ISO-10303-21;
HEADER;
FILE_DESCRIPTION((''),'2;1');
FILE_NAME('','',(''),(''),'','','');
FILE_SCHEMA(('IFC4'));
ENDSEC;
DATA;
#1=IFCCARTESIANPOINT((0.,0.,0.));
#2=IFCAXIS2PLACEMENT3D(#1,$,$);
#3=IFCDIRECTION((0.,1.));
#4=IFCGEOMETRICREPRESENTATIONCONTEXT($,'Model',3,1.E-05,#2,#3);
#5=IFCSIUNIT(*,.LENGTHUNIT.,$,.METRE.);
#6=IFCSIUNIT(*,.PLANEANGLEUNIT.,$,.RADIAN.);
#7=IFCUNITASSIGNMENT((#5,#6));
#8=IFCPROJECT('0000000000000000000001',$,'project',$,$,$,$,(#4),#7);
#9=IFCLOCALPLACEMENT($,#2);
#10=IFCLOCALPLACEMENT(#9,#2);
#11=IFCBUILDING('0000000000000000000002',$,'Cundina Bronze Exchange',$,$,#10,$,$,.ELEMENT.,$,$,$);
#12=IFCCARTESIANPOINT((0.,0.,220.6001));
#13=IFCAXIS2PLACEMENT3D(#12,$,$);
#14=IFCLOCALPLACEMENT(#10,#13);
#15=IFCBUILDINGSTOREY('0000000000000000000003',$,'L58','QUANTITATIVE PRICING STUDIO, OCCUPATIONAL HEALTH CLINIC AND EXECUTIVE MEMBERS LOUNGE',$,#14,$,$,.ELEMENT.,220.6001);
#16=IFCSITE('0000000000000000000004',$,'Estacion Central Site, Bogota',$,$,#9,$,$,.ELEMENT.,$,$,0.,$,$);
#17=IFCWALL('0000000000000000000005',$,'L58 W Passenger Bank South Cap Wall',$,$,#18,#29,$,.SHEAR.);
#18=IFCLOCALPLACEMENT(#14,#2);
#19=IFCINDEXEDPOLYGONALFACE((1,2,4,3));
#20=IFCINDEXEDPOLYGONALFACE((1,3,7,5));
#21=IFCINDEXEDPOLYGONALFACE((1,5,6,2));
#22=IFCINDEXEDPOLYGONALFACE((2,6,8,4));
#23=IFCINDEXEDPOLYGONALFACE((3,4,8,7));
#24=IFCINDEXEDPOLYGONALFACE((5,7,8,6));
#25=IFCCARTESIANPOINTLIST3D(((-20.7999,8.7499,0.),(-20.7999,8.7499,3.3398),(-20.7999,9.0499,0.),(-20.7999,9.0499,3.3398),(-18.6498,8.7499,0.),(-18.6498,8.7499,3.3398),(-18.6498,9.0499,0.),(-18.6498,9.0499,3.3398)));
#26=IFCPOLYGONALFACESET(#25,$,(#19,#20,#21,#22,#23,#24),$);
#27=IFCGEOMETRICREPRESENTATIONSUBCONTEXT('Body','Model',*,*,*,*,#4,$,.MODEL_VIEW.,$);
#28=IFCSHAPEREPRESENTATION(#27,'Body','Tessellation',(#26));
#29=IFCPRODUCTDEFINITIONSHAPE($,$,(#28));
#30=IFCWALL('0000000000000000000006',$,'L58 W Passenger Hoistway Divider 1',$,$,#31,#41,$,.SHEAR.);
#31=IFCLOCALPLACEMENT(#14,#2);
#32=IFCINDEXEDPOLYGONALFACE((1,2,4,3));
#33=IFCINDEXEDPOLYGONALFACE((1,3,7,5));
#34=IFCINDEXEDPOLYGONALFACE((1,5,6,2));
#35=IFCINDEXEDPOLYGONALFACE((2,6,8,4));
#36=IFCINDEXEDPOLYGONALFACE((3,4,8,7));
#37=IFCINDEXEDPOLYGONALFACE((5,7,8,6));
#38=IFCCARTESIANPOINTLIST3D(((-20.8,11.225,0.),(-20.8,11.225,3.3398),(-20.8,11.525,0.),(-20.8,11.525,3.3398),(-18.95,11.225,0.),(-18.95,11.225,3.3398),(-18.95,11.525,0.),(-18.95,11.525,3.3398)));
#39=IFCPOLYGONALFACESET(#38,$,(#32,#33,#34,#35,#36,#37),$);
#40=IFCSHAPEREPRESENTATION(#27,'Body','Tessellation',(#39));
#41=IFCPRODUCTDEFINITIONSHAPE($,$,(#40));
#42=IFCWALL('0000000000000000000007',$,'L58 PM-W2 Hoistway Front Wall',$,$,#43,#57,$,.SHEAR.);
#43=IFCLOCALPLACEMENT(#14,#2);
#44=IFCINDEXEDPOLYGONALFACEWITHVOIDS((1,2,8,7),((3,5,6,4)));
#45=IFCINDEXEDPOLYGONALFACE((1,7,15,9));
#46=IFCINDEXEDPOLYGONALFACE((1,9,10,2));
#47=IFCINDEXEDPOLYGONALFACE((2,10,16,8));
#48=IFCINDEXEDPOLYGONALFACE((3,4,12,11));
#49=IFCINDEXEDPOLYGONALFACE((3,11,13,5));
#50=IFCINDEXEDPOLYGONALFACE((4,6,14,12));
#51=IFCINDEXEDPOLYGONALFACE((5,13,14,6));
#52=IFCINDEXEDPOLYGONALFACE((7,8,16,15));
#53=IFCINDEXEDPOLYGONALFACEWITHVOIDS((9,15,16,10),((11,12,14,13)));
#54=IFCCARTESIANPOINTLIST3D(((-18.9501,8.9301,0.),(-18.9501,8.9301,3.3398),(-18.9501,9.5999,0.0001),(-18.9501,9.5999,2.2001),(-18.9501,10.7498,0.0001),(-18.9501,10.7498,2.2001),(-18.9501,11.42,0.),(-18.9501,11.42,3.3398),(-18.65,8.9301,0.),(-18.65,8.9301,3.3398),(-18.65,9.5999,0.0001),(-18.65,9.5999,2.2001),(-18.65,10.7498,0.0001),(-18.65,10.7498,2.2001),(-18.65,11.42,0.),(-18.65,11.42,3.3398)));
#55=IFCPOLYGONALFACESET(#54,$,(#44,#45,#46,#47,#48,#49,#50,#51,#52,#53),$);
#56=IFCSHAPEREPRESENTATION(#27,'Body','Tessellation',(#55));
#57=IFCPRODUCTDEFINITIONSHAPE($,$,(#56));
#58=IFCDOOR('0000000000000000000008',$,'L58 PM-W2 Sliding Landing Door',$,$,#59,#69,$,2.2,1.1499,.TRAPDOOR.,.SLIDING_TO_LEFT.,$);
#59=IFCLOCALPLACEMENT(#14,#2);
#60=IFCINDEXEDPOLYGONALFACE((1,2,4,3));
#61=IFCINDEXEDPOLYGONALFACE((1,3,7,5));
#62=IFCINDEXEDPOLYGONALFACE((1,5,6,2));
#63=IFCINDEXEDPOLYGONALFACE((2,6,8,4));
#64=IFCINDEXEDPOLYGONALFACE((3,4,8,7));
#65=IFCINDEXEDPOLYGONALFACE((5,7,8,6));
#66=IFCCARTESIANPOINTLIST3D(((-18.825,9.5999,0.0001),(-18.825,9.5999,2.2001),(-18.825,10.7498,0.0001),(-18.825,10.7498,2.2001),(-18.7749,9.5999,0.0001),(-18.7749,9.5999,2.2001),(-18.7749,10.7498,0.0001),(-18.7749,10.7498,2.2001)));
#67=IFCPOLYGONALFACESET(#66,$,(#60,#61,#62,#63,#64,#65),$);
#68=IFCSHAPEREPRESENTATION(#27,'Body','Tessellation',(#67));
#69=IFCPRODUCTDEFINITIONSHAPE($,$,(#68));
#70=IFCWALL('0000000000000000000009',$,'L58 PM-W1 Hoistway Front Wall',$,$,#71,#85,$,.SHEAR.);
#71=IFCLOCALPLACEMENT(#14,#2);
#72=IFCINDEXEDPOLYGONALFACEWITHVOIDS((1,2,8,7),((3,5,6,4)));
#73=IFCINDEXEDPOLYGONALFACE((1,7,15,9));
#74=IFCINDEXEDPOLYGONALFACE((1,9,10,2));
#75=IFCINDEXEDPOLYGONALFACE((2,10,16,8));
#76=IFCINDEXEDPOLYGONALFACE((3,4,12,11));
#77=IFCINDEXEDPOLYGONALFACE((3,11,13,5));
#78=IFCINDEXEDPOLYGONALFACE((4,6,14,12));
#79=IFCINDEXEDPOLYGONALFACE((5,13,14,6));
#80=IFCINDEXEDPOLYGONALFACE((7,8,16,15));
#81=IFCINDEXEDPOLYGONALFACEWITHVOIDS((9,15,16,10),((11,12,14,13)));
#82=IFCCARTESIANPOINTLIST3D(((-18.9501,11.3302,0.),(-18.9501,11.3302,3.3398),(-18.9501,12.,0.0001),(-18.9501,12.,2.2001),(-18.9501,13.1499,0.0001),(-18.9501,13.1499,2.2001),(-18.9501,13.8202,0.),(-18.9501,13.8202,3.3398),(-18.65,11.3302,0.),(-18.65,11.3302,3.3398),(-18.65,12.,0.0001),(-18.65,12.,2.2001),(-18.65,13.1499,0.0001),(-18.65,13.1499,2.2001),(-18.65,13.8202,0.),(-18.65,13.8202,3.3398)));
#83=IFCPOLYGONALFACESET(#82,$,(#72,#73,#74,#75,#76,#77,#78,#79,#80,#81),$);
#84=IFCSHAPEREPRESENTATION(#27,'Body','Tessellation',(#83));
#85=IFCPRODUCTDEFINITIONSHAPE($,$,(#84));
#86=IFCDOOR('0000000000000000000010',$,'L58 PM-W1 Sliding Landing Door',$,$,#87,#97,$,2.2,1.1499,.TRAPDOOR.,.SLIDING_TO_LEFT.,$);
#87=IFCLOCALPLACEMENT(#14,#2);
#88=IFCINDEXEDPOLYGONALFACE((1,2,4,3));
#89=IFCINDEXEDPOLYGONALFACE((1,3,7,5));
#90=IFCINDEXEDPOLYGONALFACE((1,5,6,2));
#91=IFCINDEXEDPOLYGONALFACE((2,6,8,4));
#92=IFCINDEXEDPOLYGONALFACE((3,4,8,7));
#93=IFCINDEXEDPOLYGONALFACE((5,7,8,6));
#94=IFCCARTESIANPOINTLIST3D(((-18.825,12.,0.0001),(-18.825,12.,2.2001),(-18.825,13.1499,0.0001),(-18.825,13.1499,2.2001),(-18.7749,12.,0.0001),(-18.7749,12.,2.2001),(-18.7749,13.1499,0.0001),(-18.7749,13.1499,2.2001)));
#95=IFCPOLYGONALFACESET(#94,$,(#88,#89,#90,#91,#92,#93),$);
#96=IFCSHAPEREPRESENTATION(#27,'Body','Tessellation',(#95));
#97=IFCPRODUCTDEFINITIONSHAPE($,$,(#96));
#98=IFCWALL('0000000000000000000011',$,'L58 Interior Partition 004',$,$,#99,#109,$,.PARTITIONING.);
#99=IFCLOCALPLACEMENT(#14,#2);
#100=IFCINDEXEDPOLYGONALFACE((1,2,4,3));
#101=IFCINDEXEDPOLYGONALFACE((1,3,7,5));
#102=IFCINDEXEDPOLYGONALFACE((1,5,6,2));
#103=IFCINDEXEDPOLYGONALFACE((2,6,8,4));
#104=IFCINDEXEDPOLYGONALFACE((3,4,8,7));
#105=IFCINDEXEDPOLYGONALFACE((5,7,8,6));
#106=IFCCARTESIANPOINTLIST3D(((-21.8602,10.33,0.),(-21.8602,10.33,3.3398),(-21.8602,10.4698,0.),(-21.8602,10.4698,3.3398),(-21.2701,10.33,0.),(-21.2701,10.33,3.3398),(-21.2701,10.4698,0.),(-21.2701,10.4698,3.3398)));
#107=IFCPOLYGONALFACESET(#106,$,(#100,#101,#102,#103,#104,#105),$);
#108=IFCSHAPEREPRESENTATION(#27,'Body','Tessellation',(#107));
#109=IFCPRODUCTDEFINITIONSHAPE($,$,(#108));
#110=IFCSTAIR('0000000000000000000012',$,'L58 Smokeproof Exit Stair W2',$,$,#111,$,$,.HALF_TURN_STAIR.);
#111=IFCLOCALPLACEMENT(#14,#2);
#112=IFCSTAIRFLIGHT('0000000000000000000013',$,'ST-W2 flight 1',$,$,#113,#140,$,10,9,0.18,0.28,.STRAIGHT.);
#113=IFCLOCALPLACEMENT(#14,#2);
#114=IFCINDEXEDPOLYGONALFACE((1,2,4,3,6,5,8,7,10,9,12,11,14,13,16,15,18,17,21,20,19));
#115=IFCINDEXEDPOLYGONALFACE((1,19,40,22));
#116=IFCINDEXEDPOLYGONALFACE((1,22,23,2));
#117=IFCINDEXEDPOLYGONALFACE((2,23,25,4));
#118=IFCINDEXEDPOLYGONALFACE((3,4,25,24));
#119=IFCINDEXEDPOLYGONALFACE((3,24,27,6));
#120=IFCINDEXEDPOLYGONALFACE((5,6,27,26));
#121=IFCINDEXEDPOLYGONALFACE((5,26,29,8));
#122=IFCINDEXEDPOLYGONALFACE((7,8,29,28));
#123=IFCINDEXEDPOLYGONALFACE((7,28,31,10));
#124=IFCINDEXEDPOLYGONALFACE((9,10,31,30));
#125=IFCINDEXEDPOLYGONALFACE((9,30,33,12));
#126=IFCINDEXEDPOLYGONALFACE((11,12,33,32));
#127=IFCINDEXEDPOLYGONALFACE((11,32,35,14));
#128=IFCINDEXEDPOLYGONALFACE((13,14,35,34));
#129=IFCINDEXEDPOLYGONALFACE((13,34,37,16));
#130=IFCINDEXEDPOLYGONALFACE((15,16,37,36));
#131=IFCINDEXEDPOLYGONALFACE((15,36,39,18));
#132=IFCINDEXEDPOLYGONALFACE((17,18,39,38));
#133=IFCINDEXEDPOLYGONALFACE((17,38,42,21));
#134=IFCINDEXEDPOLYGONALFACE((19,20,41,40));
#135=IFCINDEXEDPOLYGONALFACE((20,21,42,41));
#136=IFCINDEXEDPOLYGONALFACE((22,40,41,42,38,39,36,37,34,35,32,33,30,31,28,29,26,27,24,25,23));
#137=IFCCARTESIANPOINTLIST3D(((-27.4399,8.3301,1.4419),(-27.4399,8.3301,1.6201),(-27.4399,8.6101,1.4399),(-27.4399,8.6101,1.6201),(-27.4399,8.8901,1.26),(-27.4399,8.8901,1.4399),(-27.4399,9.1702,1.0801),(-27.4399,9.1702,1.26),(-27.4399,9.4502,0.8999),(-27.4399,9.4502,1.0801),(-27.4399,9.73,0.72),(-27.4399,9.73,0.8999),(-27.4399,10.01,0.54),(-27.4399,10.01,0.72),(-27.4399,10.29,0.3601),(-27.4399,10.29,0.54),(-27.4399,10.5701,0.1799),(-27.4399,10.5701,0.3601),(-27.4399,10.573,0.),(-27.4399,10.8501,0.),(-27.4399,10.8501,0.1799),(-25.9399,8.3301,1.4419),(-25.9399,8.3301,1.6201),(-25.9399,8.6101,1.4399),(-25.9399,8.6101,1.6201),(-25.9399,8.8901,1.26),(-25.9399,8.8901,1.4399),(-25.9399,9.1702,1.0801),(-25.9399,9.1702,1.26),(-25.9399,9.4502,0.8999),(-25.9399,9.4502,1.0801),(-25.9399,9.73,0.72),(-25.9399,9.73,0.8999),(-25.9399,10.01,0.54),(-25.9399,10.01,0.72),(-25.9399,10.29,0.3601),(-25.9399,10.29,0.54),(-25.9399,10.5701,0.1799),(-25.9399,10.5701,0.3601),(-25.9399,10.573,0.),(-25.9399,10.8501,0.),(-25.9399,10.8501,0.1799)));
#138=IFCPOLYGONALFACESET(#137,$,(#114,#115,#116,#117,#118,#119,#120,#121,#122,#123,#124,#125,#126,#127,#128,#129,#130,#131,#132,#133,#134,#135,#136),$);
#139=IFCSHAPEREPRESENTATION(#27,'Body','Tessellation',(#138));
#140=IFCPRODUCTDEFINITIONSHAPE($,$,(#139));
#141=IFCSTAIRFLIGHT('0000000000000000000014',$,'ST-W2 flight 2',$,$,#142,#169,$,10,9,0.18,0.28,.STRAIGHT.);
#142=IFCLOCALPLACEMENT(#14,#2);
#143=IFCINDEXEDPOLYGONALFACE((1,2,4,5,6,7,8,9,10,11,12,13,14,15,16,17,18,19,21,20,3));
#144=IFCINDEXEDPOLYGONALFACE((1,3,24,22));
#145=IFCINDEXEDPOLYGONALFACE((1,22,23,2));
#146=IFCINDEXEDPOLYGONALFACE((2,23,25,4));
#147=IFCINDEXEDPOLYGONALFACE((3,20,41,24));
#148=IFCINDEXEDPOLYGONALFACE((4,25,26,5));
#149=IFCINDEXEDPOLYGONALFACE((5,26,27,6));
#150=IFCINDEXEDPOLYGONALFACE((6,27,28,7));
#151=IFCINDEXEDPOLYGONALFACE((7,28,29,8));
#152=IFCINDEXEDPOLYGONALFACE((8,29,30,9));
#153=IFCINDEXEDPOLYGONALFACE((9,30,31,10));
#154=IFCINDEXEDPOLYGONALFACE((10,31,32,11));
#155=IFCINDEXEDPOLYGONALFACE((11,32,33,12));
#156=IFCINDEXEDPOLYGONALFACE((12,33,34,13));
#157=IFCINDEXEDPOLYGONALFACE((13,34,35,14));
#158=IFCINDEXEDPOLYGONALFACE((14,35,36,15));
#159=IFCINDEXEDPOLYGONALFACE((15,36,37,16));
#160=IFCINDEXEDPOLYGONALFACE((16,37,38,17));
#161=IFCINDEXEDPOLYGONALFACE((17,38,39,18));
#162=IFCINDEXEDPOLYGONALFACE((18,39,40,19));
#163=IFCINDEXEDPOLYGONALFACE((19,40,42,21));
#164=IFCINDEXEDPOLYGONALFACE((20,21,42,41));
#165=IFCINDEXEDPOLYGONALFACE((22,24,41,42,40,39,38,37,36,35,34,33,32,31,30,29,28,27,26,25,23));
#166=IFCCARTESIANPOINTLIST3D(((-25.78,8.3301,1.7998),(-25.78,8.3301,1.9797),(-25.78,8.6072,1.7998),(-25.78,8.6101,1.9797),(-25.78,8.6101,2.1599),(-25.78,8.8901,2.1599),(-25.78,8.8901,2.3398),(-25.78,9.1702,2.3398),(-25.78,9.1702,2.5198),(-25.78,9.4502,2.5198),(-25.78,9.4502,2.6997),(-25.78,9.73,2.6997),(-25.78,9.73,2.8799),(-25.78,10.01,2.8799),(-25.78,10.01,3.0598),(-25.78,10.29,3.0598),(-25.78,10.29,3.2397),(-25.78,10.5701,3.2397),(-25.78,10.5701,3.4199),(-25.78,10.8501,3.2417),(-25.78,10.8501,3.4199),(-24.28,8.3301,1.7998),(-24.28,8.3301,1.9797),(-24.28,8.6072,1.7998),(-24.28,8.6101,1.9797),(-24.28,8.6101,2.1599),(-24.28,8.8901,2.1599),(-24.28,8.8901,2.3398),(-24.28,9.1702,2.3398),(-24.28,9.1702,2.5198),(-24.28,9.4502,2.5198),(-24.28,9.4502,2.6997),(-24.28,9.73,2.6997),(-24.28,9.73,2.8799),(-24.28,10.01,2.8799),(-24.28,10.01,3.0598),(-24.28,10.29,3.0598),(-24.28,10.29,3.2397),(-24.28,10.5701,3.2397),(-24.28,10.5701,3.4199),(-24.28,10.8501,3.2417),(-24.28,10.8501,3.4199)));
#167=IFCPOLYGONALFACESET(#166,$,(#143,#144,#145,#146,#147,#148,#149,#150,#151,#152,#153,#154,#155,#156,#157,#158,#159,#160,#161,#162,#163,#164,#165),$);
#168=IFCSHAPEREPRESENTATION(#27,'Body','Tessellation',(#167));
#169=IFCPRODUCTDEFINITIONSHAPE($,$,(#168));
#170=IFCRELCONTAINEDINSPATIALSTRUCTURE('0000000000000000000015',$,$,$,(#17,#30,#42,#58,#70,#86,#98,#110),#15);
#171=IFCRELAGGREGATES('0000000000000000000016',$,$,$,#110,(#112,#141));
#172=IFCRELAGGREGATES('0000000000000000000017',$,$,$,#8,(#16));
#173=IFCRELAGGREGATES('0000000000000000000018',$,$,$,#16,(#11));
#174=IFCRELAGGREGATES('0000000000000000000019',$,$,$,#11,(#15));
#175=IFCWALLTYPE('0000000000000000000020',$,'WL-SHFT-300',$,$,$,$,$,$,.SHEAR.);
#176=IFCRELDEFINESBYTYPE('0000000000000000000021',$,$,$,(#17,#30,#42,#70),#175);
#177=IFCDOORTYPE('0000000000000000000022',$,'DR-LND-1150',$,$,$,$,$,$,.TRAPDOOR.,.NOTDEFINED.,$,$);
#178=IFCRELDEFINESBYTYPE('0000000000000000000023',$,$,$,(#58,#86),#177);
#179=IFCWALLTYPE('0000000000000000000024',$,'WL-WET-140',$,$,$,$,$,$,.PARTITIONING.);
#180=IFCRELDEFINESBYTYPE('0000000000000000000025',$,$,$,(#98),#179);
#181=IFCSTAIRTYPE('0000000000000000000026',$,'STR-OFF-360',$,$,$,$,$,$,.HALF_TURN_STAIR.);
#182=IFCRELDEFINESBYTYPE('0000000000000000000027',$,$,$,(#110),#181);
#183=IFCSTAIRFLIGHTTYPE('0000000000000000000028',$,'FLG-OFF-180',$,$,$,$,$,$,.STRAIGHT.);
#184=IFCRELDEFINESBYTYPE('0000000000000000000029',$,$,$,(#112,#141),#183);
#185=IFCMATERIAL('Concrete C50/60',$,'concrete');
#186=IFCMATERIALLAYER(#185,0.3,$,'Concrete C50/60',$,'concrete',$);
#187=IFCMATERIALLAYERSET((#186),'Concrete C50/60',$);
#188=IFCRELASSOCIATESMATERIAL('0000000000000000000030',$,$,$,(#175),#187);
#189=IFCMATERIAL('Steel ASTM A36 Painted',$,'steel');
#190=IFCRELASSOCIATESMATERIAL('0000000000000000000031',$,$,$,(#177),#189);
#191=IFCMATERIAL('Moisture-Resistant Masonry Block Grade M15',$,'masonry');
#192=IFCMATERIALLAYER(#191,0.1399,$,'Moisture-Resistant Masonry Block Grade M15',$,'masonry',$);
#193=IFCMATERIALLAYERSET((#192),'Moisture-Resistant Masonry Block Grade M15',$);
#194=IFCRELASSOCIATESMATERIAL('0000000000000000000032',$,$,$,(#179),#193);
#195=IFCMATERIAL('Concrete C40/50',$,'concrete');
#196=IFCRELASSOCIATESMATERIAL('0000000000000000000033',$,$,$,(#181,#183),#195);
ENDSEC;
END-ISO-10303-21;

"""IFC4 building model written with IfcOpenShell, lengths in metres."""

from ifc_helpers import new_model, si_unit, direction, frame, frame_2d, origin, place, context, subcontext, project, spatial, polyline, rectangle, outline, extrude, material, layer, layer_set, type_object, element, fill, aggregate, save


model = new_model("IFC4")

# Units and contexts
model_context = context("Model", 3, precision=1e-05, world=origin(), true_north=direction((0.0, 1.0)))
body_context = subcontext(model_context, "Body", "Model", "MODEL_VIEW")
ifc_project = project(units=[si_unit("LENGTHUNIT", "METRE"), si_unit("PLANEANGLEUNIT", "RADIAN")], contexts=[model_context])

# Site, building, storey
site_placement = place(None, origin())
site = spatial("IfcSite", under=ifc_project, at=site_placement, Name="Estacion Central Site, Bogota", CompositionType="ELEMENT", RefElevation=0.0)
building_placement = place(site_placement, origin())
building = spatial("IfcBuilding", under=site, at=building_placement, Name="Cundina Bronze Exchange", CompositionType="ELEMENT")
storey_placement = place(building_placement, frame((0.0, 0.0, 220.6001)))
storey = spatial("IfcBuildingStorey", under=building, at=storey_placement, Name="L58", Description="QUANTITATIVE PRICING STUDIO, OCCUPATIONAL HEALTH CLINIC AND EXECUTIVE MEMBERS LOUNGE", CompositionType="ELEMENT", Elevation=220.6001)

# Shared definitions
ifc_material_1 = material(Name="Concrete C50/60", Category="concrete")

# Shared definitions
ifc_layer_1 = layer(ifc_material_1, 0.3, Name="Concrete C50/60", Category="concrete")
ifc_layer_set_1 = layer_set([ifc_layer_1], Name="Concrete C50/60")
wall_type_1 = type_object("IfcWallType", Name="WL-SHFT-300", PredefinedType="SHEAR", material=ifc_layer_set_1)
ifc_material_2 = material(Name="Steel ASTM A36 Painted", Category="steel")
door_type_1 = type_object("IfcDoorType", Name="DR-LND-1150", OperationType="NOTDEFINED", PredefinedType="TRAPDOOR", material=ifc_material_2)

# Walls
wall_1_placement = place(storey_placement, frame((-20.8, 8.8999, 0.0), z_axis=(0.0, 0.0, 1.0), x_axis=(1.0, 0.0, 0.0)))
element("IfcWall", 1, at=wall_1_placement, inside=storey, type_object=wall_type_1, Name="L58 W Passenger Bank South Cap Wall", PredefinedType="SHEAR", context=body_context, shape_type="SweptSolid", body=[
    extrude(rectangle(XDim=2.1501, YDim=0.3, at=frame_2d((1.0752, 0.0))), origin(), (0.0, 0.0, 1.0), 3.3398),
])
wall_2_placement = place(storey_placement, frame((-20.8, 11.375, 0.0), z_axis=(0.0, 0.0, 1.0), x_axis=(1.0, 0.0, 0.0)))
element("IfcWall", 2, at=wall_2_placement, inside=storey, type_object=wall_type_1, Name="L58 W Passenger Hoistway Divider 1", PredefinedType="SHEAR", context=body_context, shape_type="SweptSolid", body=[
    extrude(rectangle(XDim=1.8501, YDim=0.3, at=frame_2d((0.925, 0.0))), origin(), (0.0, 0.0, 1.0), 3.3398),
])

# Walls, openings, doors
wall_3_placement = place(storey_placement, frame((-18.8, 8.9299, 0.0), z_axis=(0.0, 0.0, 1.0), x_axis=(0.0, 1.0, 0.0)))
wall_3 = element("IfcWall", 3, at=wall_3_placement, inside=storey, type_object=wall_type_1, Name="L58 PM-W2 Hoistway Front Wall", PredefinedType="SHEAR", context=body_context, shape_type="SweptSolid", body=[
    extrude(rectangle(XDim=2.49, YDim=0.3, at=frame_2d((1.2451, 0.0))), origin(), (0.0, 0.0, 1.0), 3.3398),
])
opening_1_placement = place(wall_3_placement, frame((0.6699, 0.0, 0.0)))
opening_1 = element("IfcOpeningElement", 4, at=opening_1_placement, cuts=wall_3, PredefinedType="OPENING", context=body_context, shape_type="SweptSolid", body=[
    extrude(rectangle(XDim=1.1499, YDim=2.2, at=frame_2d((0.575, 1.1001))), frame((0.0, 0.1599, 0.0), z_axis=(0.0, -1.0, 0.0), x_axis=(1.0, 0.0, 0.0)), (0.0, 0.0, 1.0), 0.3201),
])
door_1_placement = place(opening_1_placement, origin())
door_1 = element("IfcDoor", 5, at=door_1_placement, inside=storey, type_object=door_type_1, Name="L58 PM-W2 Sliding Landing Door", OperationType="SLIDING_TO_LEFT", OverallHeight=2.2, OverallWidth=1.1499, PredefinedType="TRAPDOOR", context=body_context, shape_type="SweptSolid", body=[
    extrude(rectangle(XDim=1.1499, YDim=2.2, at=frame_2d((0.575, 1.1001))), frame((0.0, 0.0249, 0.0), z_axis=(0.0, -1.0, 0.0), x_axis=(1.0, 0.0, 0.0)), (0.0, 0.0, 1.0), 0.05),
])
fill(opening_1, door_1)
wall_4_placement = place(storey_placement, frame((-18.8, 11.3301, 0.0), z_axis=(0.0, 0.0, 1.0), x_axis=(0.0, 1.0, 0.0)))
wall_4 = element("IfcWall", 6, at=wall_4_placement, inside=storey, type_object=wall_type_1, Name="L58 PM-W1 Hoistway Front Wall", PredefinedType="SHEAR", context=body_context, shape_type="SweptSolid", body=[
    extrude(rectangle(XDim=2.49, YDim=0.3, at=frame_2d((1.2451, 0.0))), origin(), (0.0, 0.0, 1.0), 3.3398),
])
opening_2_placement = place(wall_4_placement, frame((0.6699, 0.0, 0.0)))
opening_2 = element("IfcOpeningElement", 7, at=opening_2_placement, cuts=wall_4, PredefinedType="OPENING", context=body_context, shape_type="SweptSolid", body=[
    extrude(rectangle(XDim=1.1499, YDim=2.2, at=frame_2d((0.575, 1.1001))), frame((0.0, 0.1599, 0.0), z_axis=(0.0, -1.0, 0.0), x_axis=(1.0, 0.0, 0.0)), (0.0, 0.0, 1.0), 0.3201),
])
door_2_placement = place(opening_2_placement, origin())
door_2 = element("IfcDoor", 8, at=door_2_placement, inside=storey, type_object=door_type_1, Name="L58 PM-W1 Sliding Landing Door", OperationType="SLIDING_TO_LEFT", OverallHeight=2.2, OverallWidth=1.1499, PredefinedType="TRAPDOOR", context=body_context, shape_type="SweptSolid", body=[
    extrude(rectangle(XDim=1.1499, YDim=2.2, at=frame_2d((0.575, 1.1001))), frame((0.0, 0.0249, 0.0), z_axis=(0.0, -1.0, 0.0), x_axis=(1.0, 0.0, 0.0)), (0.0, 0.0, 1.0), 0.05),
])
fill(opening_2, door_2)

# Wall
ifc_material_3 = material(Name="Moisture-Resistant Masonry Block Grade M15", Category="masonry")
ifc_layer_2 = layer(ifc_material_3, 0.1399, Name="Moisture-Resistant Masonry Block Grade M15", Category="masonry")
ifc_layer_set_2 = layer_set([ifc_layer_2], Name="Moisture-Resistant Masonry Block Grade M15")
wall_type_2 = type_object("IfcWallType", Name="WL-WET-140", PredefinedType="PARTITIONING", material=ifc_layer_set_2)
wall_5_placement = place(storey_placement, frame((-21.8601, 10.3999, 0.0), z_axis=(0.0, 0.0, 1.0), x_axis=(1.0, 0.0, 0.0)))
element("IfcWall", 9, at=wall_5_placement, inside=storey, type_object=wall_type_2, Name="L58 Interior Partition 004", PredefinedType="PARTITIONING", context=body_context, shape_type="SweptSolid", body=[
    extrude(rectangle(XDim=0.5901, YDim=0.1399, at=frame_2d((0.2949, 0.0))), origin(), (0.0, 0.0, 1.0), 3.3398),
])

# Stair, stair flights
ifc_material_4 = material(Name="Concrete C40/50", Category="concrete")
stair_type = type_object("IfcStairType", Name="STR-OFF-360", PredefinedType="HALF_TURN_STAIR", material=ifc_material_4)
stair_placement = place(storey_placement, origin())
stair = element("IfcStair", 10, at=stair_placement, inside=storey, type_object=stair_type, Name="L58 Smokeproof Exit Stair W2", PredefinedType="HALF_TURN_STAIR")
stair_flight_type = type_object("IfcStairFlightType", Name="FLG-OFF-180", PredefinedType="STRAIGHT", material=ifc_material_4)
stair_flight_1_placement = place(storey_placement, frame((-26.6899, 10.8501, 0.0), z_axis=(0.0, 0.0, 1.0), x_axis=(0.0, -1.0, 0.0)))
stair_flight_1 = element("IfcStairFlight", 11, at=stair_flight_1_placement, type_object=stair_flight_type, Name="ST-W2 flight 1", NumberOfRisers=10, NumberOfTreads=9, PredefinedType="STRAIGHT", RiserHeight=0.18, TreadLength=0.28, context=body_context, shape_type="SweptSolid", body=[
    extrude(outline(polyline([(0.0, 0.0), (0.0, 0.1799), (0.28, 0.1799), (0.28, 0.3601), (0.5601, 0.3601), (0.5601, 0.54), (0.8401, 0.54), (0.8401, 0.72), (1.1201, 0.72), (1.1201, 0.8999), (1.3999, 0.8999), (1.3999, 1.0801), (1.6799, 1.0801), (1.6799, 1.26), (1.96, 1.26), (1.96, 1.4399), (2.24, 1.4399), (2.24, 1.6201), (2.52, 1.6201), (2.52, 1.8), (2.52, 1.4419), (0.2771, 0.0), (0.0, 0.0)])), frame((0.0, 0.75, 0.0), z_axis=(0.0, -1.0, 0.0), x_axis=(1.0, 0.0, 0.0)), (0.0, 0.0, 1.0), 1.5),
])
stair_flight_2_placement = place(storey_placement, frame((-25.03, 8.3301, 1.7998), z_axis=(0.0, 0.0, 1.0), x_axis=(0.0, 1.0, 0.0)))
stair_flight_2 = element("IfcStairFlight", 12, at=stair_flight_2_placement, type_object=stair_flight_type, Name="ST-W2 flight 2", NumberOfRisers=10, NumberOfTreads=9, PredefinedType="STRAIGHT", RiserHeight=0.18, TreadLength=0.28, context=body_context, shape_type="SweptSolid", body=[
    extrude(outline(polyline([(0.0, 0.0), (0.0, 0.1799), (0.28, 0.1799), (0.28, 0.3601), (0.5601, 0.3601), (0.5601, 0.54), (0.8401, 0.54), (0.8401, 0.72), (1.1201, 0.72), (1.1201, 0.8999), (1.3999, 0.8999), (1.3999, 1.0801), (1.6799, 1.0801), (1.6799, 1.26), (1.96, 1.26), (1.96, 1.4399), (2.24, 1.4399), (2.24, 1.6201), (2.52, 1.6201), (2.52, 1.8), (2.52, 1.4419), (0.2771, 0.0), (0.0, 0.0)])), frame((0.0, 0.75, 0.0), z_axis=(0.0, -1.0, 0.0), x_axis=(1.0, 0.0, 0.0)), (0.0, 0.0, 1.0), 1.5),
])
aggregate(stair, [stair_flight_1, stair_flight_2])

save(model, "model.ifc")
